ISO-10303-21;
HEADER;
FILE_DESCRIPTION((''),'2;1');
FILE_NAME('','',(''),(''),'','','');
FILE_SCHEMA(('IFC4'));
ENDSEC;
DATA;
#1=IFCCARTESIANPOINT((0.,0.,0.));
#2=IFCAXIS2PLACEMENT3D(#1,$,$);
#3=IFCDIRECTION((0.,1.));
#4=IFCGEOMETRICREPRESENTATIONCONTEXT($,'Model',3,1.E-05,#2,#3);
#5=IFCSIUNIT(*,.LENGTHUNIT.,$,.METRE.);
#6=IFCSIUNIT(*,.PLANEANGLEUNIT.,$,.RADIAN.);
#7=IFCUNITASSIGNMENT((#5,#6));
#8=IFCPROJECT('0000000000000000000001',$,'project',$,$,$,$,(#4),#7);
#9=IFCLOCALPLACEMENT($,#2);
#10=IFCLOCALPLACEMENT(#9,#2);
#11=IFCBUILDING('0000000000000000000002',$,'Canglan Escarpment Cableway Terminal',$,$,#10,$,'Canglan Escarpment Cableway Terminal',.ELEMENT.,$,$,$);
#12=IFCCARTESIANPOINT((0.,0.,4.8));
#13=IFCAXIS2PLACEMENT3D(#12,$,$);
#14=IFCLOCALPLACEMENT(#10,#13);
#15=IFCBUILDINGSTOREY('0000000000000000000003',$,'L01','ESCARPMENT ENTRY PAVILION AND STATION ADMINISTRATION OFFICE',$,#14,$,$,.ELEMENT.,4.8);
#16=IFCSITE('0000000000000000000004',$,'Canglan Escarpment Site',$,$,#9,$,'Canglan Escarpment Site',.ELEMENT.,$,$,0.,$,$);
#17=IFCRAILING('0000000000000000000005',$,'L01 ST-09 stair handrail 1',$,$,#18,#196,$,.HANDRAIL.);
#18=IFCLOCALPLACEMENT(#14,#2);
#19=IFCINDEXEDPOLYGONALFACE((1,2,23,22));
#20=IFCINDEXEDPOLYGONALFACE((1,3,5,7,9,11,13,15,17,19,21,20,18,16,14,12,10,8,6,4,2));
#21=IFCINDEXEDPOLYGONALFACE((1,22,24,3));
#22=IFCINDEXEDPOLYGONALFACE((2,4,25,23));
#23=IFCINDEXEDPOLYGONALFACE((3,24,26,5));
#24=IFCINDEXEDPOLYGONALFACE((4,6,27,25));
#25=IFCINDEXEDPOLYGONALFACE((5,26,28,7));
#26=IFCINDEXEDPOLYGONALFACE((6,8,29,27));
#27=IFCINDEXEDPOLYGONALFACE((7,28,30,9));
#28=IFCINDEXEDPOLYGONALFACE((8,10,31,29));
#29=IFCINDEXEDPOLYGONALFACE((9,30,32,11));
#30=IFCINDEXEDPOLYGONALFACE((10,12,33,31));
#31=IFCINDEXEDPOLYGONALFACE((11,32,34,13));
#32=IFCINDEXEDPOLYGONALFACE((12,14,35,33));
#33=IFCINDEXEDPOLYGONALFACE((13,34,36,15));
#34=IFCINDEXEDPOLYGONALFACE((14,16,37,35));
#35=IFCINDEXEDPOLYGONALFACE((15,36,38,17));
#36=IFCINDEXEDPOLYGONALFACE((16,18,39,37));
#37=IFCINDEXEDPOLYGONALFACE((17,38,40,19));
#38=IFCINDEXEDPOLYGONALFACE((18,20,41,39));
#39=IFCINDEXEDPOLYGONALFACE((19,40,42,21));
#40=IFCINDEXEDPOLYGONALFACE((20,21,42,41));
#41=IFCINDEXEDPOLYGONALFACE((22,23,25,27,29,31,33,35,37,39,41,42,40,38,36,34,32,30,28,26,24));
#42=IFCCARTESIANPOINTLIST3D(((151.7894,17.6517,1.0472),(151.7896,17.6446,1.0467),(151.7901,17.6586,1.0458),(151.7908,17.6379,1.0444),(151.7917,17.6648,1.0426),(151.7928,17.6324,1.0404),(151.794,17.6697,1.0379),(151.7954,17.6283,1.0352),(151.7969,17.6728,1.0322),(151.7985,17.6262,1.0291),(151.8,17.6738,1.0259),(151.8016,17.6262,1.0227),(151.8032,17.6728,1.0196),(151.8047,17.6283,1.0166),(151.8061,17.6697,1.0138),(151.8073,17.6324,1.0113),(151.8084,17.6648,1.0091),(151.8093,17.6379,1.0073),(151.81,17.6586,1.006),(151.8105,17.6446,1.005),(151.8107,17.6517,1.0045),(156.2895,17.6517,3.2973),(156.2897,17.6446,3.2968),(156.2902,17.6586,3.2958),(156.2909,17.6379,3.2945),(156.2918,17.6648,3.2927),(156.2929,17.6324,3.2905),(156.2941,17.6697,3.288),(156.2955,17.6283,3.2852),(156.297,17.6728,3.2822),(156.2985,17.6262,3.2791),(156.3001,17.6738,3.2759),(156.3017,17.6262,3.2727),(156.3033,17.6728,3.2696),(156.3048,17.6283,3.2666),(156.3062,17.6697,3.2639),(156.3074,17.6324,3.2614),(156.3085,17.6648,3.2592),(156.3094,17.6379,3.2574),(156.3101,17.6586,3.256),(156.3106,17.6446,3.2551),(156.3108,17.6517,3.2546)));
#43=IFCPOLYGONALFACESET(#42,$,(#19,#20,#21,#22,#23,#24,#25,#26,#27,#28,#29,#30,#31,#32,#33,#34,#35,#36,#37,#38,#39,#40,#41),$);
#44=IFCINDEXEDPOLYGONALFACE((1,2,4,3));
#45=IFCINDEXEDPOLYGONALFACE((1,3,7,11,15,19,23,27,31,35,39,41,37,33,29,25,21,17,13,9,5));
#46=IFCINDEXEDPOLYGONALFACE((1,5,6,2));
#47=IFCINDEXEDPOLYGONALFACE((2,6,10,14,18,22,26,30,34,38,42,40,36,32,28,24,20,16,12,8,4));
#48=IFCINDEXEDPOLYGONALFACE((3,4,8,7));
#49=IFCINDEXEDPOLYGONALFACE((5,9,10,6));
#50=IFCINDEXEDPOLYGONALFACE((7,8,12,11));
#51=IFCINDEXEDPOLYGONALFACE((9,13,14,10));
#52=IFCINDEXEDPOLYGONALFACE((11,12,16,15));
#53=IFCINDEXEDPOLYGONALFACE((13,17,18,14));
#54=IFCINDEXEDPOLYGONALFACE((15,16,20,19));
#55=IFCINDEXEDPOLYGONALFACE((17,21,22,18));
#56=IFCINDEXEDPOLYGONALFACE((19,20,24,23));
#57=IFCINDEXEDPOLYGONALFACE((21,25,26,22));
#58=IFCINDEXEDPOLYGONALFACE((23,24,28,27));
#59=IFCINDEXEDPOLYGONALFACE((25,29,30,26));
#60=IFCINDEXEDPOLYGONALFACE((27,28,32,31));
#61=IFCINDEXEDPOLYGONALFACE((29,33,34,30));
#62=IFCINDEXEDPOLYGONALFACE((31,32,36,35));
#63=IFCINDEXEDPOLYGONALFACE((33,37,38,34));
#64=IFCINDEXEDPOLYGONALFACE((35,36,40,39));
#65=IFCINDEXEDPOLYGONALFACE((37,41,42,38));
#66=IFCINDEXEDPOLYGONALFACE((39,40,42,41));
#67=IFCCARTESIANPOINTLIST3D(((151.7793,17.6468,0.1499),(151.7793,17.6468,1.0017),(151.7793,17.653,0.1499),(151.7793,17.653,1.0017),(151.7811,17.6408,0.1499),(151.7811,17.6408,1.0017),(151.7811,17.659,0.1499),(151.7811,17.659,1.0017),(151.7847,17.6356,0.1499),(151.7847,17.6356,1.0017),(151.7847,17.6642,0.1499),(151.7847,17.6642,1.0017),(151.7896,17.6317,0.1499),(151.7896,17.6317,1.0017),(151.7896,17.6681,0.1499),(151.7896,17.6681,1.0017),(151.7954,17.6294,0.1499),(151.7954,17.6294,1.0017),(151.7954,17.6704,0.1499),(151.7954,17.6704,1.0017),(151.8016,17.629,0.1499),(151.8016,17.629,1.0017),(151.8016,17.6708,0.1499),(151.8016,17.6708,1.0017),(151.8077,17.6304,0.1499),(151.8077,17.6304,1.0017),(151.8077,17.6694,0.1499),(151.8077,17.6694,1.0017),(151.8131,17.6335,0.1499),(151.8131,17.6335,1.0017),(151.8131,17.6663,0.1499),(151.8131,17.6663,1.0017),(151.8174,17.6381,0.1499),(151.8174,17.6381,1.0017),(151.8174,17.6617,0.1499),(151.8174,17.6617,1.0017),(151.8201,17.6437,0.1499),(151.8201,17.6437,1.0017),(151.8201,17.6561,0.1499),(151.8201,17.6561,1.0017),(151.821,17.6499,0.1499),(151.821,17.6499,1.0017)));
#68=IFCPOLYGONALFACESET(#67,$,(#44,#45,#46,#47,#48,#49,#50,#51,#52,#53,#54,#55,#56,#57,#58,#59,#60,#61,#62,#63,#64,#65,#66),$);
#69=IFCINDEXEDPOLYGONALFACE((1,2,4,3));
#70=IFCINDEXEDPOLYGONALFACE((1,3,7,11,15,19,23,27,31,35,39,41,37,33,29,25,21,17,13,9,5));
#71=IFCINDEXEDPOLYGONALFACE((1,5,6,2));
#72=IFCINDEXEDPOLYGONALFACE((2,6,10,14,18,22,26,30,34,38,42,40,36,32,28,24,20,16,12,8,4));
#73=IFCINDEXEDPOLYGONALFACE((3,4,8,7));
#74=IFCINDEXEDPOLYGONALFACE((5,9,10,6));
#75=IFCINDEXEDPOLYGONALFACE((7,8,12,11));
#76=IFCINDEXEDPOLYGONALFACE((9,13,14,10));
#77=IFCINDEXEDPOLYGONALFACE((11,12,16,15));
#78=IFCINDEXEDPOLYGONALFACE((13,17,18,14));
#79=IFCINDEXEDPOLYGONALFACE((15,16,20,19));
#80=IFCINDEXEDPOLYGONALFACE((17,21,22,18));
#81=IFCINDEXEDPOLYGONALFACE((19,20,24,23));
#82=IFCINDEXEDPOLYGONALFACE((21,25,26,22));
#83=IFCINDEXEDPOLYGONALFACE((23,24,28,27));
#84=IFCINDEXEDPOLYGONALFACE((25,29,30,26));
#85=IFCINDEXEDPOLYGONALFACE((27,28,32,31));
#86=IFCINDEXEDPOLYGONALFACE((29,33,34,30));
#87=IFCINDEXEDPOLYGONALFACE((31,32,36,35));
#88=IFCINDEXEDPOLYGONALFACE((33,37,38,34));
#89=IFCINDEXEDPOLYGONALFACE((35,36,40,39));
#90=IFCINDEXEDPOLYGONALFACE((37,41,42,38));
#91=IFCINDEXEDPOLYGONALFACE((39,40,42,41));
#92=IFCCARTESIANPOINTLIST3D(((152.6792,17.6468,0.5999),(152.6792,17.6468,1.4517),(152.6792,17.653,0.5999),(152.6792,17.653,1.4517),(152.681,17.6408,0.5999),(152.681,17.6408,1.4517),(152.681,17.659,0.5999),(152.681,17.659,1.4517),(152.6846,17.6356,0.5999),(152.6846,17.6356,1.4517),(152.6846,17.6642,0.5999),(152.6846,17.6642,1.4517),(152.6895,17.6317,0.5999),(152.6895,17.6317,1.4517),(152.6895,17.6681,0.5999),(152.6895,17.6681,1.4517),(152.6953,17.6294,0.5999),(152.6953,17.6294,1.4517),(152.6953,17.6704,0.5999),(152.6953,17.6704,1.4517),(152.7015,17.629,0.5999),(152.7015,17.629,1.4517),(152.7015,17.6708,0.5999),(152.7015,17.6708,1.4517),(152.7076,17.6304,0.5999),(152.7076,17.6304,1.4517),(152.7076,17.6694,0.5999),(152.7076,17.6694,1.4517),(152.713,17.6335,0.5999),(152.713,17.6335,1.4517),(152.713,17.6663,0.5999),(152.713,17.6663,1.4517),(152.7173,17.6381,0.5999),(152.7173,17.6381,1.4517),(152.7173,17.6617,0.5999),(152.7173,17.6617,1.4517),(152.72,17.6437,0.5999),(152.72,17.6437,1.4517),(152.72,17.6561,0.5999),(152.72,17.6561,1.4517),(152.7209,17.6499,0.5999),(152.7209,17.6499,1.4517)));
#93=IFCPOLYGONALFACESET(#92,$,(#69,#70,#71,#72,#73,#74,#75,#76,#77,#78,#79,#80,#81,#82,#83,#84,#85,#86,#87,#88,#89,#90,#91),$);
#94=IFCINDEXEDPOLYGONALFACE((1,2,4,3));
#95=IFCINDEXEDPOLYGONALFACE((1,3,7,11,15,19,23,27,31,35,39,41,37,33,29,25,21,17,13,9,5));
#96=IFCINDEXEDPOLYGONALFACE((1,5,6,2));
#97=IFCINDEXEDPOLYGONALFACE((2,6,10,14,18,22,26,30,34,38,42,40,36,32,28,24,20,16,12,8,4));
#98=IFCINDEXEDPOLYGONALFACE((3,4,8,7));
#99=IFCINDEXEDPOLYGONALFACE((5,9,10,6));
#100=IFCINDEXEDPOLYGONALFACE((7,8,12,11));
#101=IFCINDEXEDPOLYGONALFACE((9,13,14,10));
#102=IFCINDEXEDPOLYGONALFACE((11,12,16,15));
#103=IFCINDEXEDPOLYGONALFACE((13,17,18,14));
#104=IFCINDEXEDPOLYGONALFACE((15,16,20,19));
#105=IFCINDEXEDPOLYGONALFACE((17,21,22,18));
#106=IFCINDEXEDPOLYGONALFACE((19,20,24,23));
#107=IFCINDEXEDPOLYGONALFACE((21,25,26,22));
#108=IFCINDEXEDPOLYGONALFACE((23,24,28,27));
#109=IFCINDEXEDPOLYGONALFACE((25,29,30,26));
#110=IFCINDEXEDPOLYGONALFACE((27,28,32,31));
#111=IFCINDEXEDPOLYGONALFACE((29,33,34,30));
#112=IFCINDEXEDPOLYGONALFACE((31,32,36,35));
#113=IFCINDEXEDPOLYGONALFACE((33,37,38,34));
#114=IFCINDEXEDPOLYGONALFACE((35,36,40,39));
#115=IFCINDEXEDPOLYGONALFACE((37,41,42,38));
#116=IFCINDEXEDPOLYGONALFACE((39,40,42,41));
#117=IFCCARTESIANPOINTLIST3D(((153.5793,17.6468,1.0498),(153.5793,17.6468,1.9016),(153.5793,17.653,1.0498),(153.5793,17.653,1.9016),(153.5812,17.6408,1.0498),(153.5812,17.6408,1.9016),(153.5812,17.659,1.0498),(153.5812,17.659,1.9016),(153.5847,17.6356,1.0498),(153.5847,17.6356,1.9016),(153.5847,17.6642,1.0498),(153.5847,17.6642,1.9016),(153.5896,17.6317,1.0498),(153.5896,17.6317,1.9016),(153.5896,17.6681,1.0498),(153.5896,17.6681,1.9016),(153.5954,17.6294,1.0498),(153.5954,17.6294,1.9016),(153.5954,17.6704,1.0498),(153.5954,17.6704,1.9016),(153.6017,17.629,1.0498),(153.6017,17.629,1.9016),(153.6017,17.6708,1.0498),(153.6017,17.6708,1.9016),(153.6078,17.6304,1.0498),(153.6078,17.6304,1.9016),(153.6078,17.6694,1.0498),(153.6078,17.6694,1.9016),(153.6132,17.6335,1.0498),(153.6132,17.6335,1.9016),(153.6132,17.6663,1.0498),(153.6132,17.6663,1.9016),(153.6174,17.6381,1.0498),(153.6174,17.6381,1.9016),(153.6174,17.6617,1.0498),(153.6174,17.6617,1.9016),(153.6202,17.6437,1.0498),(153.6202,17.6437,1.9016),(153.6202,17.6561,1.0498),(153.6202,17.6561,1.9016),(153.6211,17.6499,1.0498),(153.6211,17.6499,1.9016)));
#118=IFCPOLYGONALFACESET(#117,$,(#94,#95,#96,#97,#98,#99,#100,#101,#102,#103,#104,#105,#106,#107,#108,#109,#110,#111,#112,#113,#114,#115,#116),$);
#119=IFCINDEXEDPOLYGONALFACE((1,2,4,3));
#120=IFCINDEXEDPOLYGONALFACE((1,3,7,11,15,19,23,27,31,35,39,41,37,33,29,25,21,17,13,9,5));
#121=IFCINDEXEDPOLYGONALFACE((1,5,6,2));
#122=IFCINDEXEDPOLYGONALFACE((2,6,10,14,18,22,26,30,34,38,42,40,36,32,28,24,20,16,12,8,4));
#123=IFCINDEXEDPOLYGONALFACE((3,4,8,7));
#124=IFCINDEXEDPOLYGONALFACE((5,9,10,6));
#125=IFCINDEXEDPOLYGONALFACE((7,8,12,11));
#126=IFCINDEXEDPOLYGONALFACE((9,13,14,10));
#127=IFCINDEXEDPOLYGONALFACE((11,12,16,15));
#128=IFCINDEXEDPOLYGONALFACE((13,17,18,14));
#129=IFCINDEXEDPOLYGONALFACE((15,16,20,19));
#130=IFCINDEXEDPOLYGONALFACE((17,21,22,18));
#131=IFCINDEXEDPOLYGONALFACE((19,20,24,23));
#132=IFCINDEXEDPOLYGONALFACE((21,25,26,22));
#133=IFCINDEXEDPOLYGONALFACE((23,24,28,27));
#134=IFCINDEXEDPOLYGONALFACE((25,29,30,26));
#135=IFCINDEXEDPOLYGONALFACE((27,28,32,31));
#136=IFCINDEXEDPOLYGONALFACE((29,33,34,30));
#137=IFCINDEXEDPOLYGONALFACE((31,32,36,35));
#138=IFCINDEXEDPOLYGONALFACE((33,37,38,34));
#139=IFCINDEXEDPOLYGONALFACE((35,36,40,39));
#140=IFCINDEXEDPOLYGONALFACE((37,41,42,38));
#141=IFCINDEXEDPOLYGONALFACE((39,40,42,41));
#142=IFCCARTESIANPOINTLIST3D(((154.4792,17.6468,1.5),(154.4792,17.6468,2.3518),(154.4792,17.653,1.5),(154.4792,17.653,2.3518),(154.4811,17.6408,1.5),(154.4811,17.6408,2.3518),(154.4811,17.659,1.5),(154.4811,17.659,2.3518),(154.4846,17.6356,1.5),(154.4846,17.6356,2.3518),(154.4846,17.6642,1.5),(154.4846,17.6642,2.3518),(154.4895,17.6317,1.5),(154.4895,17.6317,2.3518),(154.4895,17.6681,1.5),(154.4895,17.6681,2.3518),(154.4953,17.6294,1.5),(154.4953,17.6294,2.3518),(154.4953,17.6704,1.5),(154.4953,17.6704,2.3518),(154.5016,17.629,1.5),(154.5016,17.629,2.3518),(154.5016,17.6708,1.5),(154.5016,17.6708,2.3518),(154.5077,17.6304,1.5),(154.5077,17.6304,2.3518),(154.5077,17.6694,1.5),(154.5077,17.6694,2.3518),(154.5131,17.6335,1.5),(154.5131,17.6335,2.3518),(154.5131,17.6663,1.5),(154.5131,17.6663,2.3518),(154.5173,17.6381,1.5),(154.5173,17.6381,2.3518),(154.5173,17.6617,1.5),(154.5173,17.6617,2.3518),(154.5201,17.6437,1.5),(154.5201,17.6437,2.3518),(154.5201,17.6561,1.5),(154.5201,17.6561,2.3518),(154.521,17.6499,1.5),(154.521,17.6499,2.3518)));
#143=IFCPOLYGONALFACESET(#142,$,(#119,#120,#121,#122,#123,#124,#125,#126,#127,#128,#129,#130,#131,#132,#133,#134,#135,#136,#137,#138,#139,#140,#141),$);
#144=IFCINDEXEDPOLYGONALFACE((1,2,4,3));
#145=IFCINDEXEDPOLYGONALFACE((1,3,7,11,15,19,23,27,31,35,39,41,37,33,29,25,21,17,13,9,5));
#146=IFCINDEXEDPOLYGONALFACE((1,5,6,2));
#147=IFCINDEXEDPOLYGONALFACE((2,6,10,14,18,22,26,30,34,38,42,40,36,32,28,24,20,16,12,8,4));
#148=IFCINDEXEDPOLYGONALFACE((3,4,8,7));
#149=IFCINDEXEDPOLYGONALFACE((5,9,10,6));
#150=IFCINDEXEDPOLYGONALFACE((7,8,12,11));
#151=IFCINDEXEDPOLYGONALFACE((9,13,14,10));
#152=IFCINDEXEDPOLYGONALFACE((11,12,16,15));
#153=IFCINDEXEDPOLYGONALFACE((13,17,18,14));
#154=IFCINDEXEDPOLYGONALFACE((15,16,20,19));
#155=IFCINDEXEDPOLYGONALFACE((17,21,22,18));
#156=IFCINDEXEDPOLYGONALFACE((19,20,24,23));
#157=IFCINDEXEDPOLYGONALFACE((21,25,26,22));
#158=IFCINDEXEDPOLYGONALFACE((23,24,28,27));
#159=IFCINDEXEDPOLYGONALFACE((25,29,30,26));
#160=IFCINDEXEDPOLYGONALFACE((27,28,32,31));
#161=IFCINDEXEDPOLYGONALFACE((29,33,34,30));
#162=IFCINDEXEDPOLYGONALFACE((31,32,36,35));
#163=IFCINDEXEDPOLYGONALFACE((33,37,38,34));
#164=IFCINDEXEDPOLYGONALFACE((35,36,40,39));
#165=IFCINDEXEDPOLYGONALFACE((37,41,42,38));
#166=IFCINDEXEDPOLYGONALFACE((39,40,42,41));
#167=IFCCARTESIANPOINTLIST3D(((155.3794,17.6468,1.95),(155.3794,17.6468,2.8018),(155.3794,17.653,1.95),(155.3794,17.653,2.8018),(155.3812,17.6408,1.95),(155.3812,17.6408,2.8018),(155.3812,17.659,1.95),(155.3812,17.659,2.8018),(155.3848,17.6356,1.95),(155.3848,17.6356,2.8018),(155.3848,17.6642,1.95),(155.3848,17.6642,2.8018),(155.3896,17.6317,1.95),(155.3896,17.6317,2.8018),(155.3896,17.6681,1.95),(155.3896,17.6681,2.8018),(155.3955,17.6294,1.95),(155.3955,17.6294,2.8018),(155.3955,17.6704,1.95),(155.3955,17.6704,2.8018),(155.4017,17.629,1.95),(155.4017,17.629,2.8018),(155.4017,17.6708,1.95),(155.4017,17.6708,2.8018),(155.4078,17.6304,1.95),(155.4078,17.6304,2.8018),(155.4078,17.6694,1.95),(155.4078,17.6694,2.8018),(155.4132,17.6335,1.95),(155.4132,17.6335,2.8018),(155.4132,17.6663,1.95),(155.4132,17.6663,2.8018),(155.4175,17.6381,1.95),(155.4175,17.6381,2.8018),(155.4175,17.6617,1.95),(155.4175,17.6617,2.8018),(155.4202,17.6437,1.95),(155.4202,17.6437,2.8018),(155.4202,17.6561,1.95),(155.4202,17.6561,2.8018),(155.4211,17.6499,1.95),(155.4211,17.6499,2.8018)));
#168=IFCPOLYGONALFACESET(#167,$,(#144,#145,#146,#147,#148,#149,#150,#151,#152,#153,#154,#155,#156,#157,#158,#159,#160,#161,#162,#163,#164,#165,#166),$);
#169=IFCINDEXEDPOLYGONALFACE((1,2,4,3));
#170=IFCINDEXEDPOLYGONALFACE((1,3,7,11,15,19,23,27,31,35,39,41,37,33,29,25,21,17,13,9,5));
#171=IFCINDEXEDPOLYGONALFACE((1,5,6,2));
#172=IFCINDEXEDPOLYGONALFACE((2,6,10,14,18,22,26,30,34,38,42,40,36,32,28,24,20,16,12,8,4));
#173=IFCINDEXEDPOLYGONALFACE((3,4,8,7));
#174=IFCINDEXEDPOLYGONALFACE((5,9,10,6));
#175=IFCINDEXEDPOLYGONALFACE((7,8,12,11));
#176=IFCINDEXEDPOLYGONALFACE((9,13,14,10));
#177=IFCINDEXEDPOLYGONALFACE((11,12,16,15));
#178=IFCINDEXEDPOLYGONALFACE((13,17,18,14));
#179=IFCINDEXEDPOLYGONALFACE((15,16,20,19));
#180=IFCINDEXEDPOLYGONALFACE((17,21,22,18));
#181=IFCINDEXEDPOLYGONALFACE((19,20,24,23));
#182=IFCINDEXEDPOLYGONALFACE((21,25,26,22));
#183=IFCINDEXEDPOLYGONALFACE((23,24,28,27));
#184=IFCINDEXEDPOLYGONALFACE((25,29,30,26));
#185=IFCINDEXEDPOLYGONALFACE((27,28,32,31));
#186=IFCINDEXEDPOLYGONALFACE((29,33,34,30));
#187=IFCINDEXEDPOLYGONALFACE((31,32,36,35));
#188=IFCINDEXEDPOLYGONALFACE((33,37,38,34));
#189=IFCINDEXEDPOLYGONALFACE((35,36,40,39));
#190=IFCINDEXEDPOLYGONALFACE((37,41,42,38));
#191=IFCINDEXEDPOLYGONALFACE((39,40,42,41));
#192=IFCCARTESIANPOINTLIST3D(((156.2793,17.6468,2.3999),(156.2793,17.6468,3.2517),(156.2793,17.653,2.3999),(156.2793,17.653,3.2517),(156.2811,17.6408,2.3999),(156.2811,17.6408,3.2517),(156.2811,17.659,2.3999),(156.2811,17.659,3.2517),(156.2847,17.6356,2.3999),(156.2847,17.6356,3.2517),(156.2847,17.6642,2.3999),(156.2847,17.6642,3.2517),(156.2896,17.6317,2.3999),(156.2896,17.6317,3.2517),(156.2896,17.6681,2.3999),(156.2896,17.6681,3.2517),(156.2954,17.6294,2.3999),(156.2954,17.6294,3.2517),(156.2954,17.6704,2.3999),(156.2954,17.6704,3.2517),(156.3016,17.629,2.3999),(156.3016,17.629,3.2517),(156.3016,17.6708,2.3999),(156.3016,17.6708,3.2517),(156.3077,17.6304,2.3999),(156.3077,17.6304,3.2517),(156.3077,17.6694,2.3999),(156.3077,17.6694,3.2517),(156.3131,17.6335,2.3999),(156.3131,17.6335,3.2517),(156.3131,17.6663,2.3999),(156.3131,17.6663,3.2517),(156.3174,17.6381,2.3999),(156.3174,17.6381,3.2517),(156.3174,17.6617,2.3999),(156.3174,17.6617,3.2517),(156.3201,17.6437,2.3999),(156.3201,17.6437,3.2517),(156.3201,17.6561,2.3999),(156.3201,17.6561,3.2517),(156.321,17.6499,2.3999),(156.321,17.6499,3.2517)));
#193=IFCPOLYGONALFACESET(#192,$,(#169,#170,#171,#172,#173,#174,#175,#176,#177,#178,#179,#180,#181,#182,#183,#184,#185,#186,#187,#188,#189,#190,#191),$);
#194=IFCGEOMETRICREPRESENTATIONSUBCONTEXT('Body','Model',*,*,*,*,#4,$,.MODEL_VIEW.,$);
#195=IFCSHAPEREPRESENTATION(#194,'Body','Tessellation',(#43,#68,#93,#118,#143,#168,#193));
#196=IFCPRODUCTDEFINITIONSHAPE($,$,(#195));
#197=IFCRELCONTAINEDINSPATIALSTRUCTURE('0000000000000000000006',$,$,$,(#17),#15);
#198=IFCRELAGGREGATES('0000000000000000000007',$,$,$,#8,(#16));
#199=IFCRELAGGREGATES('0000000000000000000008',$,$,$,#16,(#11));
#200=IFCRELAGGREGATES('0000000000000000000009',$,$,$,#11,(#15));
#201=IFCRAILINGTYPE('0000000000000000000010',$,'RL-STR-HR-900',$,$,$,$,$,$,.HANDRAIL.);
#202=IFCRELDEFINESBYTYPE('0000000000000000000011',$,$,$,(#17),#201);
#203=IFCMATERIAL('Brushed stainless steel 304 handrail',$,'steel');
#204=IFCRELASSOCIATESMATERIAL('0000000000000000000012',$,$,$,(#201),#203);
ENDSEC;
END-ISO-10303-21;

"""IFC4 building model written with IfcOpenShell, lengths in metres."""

from ifc_helpers import new_model, si_unit, direction, frame, origin, origin_2d, place, context, subcontext, project, spatial, circle, extrude, material, type_object, element, save


model = new_model("IFC4")

# Units and contexts
model_context = context("Model", 3, precision=1e-05, world=origin(), true_north=direction((0.0, 1.0)))
body_context = subcontext(model_context, "Body", "Model", "MODEL_VIEW")
ifc_project = project(units=[si_unit("LENGTHUNIT", "METRE"), si_unit("PLANEANGLEUNIT", "RADIAN")], contexts=[model_context])

# Site, building, storey
site_placement = place(None, origin())
site = spatial("IfcSite", under=ifc_project, at=site_placement, Name="Canglan Escarpment Site", LongName="Canglan Escarpment Site", CompositionType="ELEMENT", RefElevation=0.0)
building_placement = place(site_placement, origin())
building = spatial("IfcBuilding", under=site, at=building_placement, Name="Canglan Escarpment Cableway Terminal", LongName="Canglan Escarpment Cableway Terminal", CompositionType="ELEMENT")
storey_placement = place(building_placement, frame((0.0, 0.0, 4.8)))
storey = spatial("IfcBuildingStorey", under=building, at=storey_placement, Name="L01", Description="ESCARPMENT ENTRY PAVILION AND STATION ADMINISTRATION OFFICE", CompositionType="ELEMENT", Elevation=4.8)

# Railing
ifc_material_1 = material(Name="Brushed stainless steel 304 handrail", Category="steel")
railing_type_1 = type_object("IfcRailingType", Name="RL-STR-HR-900", PredefinedType="HANDRAIL", material=ifc_material_1)
railing_1_placement = place(storey_placement, frame((151.8, 17.6499, 0.1499)))
element("IfcRailing", 1, at=railing_1_placement, inside=storey, type_object=railing_type_1, Name="L01 ST-09 stair handrail 1", PredefinedType="HANDRAIL", context=body_context, shape_type="SweptSolid", body=[
    extrude(circle(Radius=0.0239, at=origin_2d()), frame((0.0, 0.0, 0.876), z_axis=(0.894427, 0.0, 0.447214), x_axis=(0.0, 1.0, 0.0)), (0.0, 0.0, 1.0), 5.0312),
    extrude(circle(Radius=0.021, at=origin_2d()), origin(), (0.0, 0.0, 1.0), 0.8518),
    extrude(circle(Radius=0.021, at=origin_2d()), frame((0.8999, 0.0, 0.45)), (0.0, 0.0, 1.0), 0.8518),
    extrude(circle(Radius=0.021, at=origin_2d()), frame((1.8, 0.0, 0.8999)), (0.0, 0.0, 1.0), 0.8518),
    extrude(circle(Radius=0.021, at=origin_2d()), frame((2.7, 0.0, 1.3501)), (0.0, 0.0, 1.0), 0.8518),
    extrude(circle(Radius=0.021, at=origin_2d()), frame((3.6001, 0.0, 1.8)), (0.0, 0.0, 1.0), 0.8518),
    extrude(circle(Radius=0.021, at=origin_2d()), frame((4.5, 0.0, 2.25)), (0.0, 0.0, 1.0), 0.8518),
])

save(model, "model.ifc")
